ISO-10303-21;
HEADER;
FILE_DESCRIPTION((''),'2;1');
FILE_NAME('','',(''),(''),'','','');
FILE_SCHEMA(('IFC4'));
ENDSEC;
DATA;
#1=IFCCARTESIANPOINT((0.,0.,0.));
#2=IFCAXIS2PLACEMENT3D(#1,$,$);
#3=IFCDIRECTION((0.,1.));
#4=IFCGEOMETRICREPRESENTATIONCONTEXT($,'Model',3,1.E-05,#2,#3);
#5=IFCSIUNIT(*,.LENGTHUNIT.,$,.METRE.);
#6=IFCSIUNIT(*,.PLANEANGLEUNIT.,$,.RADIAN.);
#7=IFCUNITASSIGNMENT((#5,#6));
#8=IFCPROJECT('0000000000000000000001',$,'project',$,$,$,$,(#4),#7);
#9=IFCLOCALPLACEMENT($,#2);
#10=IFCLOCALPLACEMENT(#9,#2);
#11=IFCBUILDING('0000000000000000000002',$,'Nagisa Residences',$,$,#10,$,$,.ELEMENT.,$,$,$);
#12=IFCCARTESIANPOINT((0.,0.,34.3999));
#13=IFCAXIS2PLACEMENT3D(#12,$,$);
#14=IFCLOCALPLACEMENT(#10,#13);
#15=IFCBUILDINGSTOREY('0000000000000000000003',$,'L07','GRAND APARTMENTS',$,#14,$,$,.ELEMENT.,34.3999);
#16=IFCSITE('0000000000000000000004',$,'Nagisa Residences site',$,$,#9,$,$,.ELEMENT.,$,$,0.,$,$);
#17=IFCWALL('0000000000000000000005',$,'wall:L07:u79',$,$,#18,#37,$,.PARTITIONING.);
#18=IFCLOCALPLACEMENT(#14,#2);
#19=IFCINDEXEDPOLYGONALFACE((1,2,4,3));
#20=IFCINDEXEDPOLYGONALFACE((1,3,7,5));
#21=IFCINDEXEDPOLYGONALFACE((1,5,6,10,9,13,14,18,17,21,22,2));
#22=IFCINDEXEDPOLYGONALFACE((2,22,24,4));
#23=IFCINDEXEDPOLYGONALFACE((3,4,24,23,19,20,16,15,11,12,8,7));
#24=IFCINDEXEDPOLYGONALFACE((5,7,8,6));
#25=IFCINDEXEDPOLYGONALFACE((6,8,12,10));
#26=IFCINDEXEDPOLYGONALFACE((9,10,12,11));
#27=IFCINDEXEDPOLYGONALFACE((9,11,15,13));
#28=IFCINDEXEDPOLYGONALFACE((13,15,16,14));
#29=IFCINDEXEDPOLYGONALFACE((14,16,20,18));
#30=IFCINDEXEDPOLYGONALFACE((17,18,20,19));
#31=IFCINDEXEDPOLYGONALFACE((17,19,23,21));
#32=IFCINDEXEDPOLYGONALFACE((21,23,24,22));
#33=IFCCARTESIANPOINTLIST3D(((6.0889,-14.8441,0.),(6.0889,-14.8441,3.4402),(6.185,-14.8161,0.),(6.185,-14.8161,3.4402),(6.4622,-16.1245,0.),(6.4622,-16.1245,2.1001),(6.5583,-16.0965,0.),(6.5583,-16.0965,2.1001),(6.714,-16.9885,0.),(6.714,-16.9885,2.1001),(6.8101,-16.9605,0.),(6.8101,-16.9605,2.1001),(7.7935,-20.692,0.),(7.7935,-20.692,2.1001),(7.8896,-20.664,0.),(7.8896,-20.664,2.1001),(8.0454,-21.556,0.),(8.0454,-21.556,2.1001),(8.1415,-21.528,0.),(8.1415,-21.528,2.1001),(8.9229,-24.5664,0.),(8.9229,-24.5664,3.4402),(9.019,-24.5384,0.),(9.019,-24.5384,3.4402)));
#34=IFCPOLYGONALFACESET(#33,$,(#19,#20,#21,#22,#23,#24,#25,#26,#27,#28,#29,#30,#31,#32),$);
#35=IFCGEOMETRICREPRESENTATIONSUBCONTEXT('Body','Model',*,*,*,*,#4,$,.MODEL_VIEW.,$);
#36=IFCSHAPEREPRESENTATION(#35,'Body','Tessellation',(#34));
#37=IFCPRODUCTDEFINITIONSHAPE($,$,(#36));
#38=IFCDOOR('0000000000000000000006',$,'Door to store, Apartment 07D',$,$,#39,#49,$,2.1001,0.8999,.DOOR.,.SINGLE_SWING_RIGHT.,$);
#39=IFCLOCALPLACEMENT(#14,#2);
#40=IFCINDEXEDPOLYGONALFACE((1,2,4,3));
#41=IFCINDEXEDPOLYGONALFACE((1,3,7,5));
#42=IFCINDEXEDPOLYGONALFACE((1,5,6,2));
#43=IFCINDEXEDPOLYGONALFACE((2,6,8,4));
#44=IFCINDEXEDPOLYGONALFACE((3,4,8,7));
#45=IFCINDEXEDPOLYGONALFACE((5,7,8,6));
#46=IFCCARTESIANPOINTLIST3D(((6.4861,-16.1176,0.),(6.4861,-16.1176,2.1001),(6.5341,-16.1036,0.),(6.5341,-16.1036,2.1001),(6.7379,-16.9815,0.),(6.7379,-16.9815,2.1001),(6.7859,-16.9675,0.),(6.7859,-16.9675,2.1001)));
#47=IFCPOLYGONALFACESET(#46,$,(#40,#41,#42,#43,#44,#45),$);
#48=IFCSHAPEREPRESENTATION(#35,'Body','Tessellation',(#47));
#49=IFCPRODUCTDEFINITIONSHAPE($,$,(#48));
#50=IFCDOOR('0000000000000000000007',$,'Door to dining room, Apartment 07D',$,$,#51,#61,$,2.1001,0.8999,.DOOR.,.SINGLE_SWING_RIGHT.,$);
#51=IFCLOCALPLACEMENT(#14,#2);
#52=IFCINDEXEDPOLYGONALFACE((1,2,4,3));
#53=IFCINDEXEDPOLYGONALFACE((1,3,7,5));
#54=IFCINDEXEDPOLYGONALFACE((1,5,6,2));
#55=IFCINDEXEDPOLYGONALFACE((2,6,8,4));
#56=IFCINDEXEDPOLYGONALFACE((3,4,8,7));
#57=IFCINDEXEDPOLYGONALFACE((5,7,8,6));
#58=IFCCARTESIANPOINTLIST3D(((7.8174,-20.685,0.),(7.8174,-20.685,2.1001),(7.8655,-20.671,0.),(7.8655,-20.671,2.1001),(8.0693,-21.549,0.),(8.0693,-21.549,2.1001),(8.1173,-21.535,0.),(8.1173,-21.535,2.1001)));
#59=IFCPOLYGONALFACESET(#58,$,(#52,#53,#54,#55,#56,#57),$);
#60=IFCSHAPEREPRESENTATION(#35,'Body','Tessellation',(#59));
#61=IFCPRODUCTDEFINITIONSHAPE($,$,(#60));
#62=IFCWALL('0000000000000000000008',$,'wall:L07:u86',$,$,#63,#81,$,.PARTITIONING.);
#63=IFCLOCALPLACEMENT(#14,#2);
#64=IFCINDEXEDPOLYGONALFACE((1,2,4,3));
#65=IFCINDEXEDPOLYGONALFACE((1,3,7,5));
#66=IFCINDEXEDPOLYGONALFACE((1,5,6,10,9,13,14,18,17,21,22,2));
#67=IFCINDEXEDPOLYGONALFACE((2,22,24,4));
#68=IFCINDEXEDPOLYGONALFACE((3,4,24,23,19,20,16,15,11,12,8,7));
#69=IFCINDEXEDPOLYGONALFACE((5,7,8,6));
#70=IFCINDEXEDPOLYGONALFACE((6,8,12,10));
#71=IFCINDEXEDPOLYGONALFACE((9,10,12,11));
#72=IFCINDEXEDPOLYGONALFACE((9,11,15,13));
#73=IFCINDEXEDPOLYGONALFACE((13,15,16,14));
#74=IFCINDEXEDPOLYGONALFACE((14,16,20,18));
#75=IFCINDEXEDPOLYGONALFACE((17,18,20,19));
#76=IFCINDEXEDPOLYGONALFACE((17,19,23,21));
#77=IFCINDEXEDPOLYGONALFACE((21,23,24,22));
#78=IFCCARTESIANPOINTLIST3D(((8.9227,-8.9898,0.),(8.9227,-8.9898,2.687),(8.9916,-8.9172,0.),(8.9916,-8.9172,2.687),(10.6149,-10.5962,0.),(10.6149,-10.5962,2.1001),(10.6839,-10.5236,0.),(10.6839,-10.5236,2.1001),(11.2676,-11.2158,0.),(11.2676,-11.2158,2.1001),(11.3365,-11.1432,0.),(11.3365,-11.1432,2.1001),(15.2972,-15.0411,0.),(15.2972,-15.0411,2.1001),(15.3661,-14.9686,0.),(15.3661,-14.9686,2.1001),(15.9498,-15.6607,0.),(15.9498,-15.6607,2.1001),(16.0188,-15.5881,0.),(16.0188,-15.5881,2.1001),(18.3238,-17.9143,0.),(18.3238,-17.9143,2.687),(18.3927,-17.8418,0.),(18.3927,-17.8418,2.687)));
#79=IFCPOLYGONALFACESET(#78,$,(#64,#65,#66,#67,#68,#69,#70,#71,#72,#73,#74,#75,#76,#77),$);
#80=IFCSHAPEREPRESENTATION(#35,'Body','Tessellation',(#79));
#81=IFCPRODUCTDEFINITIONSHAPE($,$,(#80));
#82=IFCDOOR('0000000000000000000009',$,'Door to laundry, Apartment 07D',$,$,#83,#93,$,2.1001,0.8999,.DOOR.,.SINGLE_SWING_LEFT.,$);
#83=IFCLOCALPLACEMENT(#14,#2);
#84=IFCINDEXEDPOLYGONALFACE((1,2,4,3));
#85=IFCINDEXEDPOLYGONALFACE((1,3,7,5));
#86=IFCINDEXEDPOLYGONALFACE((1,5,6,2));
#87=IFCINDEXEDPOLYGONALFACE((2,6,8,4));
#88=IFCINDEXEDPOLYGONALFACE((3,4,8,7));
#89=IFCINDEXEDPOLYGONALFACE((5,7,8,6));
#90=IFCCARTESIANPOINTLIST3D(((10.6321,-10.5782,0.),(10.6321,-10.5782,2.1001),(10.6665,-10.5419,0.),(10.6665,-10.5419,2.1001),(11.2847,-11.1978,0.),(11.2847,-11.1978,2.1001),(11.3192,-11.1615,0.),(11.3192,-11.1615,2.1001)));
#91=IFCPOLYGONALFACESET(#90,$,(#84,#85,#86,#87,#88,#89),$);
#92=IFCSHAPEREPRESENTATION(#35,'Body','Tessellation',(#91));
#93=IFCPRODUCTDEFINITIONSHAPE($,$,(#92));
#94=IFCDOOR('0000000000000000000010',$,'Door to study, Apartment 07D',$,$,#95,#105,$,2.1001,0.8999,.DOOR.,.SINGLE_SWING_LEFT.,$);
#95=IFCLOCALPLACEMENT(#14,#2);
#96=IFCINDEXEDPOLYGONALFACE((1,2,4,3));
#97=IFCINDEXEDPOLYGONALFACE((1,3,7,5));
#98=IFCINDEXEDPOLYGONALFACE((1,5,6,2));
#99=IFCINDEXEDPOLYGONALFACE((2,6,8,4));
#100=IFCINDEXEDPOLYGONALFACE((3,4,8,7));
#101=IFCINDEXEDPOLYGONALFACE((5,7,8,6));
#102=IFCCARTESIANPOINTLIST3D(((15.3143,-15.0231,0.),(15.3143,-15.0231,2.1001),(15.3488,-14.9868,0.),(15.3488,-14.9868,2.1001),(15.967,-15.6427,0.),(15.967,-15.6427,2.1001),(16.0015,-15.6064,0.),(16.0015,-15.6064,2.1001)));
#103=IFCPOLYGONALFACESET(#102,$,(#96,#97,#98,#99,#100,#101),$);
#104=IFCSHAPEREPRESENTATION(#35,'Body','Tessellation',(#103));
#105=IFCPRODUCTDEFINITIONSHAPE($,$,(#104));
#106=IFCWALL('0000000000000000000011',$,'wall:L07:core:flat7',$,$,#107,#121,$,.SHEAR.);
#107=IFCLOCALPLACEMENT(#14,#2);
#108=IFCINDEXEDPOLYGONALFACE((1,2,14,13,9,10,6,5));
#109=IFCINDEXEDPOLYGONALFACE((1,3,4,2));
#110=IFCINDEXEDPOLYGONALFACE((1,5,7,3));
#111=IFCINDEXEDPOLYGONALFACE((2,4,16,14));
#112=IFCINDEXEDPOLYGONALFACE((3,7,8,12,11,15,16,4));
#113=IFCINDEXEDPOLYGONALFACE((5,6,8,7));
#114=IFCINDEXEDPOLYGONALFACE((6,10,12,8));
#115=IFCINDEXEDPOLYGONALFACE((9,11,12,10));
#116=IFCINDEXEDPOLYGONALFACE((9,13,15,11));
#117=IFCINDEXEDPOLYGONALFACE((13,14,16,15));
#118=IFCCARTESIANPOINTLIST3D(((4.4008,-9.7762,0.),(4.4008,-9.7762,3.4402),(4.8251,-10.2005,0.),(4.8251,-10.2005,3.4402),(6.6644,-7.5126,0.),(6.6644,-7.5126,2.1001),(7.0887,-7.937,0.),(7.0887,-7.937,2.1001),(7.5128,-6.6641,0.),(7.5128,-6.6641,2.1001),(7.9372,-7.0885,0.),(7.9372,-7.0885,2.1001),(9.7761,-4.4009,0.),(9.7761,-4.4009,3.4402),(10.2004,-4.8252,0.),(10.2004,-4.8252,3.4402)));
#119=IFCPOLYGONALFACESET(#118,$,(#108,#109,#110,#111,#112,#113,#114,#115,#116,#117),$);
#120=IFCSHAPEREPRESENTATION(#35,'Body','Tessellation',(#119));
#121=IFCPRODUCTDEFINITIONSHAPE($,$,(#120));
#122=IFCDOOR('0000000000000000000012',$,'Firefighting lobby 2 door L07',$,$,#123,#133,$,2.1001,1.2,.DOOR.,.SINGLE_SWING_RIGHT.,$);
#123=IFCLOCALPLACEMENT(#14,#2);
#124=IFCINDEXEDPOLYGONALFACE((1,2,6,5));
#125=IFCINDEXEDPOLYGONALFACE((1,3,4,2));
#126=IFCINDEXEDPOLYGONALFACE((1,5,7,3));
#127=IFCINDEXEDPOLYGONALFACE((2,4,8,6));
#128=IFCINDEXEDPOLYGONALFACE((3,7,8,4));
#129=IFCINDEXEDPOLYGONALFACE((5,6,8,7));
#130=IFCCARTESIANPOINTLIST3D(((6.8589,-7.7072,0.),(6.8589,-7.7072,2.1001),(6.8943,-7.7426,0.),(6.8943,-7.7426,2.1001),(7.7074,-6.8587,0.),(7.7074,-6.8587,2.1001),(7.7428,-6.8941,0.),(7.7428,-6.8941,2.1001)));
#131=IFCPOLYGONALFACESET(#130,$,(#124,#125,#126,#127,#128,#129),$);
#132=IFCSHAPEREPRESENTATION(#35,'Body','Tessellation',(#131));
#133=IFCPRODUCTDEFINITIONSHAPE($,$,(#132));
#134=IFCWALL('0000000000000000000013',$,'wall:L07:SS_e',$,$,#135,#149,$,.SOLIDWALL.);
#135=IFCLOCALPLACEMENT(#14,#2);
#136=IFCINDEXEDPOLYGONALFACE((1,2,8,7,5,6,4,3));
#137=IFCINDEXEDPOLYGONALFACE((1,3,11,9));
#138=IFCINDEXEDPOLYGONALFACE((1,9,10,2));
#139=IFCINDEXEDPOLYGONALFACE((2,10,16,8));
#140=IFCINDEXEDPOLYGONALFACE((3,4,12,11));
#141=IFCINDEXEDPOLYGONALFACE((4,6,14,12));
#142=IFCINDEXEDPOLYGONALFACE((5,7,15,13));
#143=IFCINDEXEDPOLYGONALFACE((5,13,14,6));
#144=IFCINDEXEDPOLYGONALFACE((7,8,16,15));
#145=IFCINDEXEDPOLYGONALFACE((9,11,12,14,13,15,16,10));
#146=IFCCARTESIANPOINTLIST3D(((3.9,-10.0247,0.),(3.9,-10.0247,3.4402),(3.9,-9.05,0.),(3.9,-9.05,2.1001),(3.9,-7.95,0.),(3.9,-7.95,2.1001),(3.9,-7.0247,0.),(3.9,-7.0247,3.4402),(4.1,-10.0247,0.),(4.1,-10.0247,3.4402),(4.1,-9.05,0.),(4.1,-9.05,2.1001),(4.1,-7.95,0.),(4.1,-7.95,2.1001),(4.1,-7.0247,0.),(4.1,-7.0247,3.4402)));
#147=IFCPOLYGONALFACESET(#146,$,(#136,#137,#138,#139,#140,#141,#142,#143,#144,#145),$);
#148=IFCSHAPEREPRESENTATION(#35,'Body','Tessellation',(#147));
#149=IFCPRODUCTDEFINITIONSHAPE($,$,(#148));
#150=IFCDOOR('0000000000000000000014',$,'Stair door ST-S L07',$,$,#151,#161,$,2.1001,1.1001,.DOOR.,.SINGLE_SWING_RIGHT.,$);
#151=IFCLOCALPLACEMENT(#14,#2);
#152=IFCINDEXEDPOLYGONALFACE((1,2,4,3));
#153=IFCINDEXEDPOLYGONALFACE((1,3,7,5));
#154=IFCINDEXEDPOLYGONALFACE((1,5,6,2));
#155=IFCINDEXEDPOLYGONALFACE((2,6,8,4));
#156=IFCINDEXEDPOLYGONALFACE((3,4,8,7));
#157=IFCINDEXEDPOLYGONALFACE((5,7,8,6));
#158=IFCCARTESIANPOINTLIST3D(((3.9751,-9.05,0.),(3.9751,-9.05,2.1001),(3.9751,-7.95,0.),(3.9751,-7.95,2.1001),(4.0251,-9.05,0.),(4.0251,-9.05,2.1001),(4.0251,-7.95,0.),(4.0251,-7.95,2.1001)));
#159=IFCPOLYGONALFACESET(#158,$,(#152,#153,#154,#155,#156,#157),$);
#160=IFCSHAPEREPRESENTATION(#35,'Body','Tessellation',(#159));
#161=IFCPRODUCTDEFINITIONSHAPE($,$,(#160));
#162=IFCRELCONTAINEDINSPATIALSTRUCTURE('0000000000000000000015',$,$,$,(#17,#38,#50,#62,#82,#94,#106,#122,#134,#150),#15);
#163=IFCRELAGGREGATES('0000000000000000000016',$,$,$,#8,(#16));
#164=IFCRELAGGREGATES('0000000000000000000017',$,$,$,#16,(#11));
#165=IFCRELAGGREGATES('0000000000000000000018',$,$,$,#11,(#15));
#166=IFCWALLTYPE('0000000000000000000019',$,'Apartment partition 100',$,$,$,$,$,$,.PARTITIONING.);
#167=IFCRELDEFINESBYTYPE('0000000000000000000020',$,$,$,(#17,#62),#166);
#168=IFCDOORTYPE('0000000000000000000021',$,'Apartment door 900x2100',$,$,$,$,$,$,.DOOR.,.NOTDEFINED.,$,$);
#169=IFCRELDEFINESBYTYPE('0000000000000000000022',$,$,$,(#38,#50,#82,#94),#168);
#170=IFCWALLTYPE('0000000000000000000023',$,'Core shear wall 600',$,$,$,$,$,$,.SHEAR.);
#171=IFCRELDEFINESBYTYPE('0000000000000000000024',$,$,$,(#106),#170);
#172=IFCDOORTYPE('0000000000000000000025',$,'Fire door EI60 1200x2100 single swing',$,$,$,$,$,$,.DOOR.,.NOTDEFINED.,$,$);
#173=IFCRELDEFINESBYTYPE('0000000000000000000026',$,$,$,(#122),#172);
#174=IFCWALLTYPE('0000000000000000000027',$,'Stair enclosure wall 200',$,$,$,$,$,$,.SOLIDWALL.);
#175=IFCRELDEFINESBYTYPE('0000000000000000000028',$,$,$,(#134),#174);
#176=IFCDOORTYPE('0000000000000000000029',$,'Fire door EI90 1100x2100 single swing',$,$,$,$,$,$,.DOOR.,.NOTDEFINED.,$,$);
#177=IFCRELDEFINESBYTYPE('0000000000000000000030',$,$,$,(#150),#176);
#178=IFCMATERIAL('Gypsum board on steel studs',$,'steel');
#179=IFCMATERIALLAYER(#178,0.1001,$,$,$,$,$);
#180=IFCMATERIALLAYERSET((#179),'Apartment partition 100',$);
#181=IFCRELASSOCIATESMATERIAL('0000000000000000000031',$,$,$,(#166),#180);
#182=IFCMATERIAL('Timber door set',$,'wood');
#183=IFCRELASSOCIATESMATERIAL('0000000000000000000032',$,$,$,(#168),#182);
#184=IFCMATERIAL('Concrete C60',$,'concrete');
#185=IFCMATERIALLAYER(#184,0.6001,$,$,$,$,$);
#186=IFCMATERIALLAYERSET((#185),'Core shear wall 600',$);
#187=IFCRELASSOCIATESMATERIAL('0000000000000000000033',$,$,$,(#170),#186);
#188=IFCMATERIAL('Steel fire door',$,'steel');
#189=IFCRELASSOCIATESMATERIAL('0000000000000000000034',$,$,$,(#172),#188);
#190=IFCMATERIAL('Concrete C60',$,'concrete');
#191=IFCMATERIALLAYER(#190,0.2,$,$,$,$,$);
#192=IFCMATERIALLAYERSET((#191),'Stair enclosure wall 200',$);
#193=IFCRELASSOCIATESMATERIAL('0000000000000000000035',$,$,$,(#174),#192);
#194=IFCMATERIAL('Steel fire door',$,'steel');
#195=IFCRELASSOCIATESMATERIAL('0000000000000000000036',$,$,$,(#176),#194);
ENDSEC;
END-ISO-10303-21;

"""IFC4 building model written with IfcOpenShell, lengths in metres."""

from ifc_helpers import new_model, si_unit, direction, frame, frame_2d, origin, place, context, subcontext, project, spatial, rectangle, extrude, material, layer, layer_set, type_object, element, fill, save


model = new_model("IFC4")

# Units and contexts
model_context = context("Model", 3, precision=1e-05, world=origin(), true_north=direction((0.0, 1.0)))
body_context = subcontext(model_context, "Body", "Model", "MODEL_VIEW")
ifc_project = project(units=[si_unit("LENGTHUNIT", "METRE"), si_unit("PLANEANGLEUNIT", "RADIAN")], contexts=[model_context])

# Site, building, storey
site_placement = place(None, origin())
site = spatial("IfcSite", under=ifc_project, at=site_placement, Name="Nagisa Residences site", CompositionType="ELEMENT", RefElevation=0.0)
building_placement = place(site_placement, origin())
building = spatial("IfcBuilding", under=site, at=building_placement, Name="Nagisa Residences", CompositionType="ELEMENT")
storey_placement = place(building_placement, frame((0.0, 0.0, 34.3999)))
storey = spatial("IfcBuildingStorey", under=building, at=storey_placement, Name="L07", Description="GRAND APARTMENTS", CompositionType="ELEMENT", Elevation=34.3999)

# Shared definitions
ifc_material_1 = material(Name="Gypsum board on steel studs", Category="steel")
ifc_layer_1 = layer(ifc_material_1, 0.1001)
ifc_layer_set_1 = layer_set([ifc_layer_1], Name="Apartment partition 100")
wall_type_1 = type_object("IfcWallType", Name="Apartment partition 100", PredefinedType="PARTITIONING", material=ifc_layer_set_1)
ifc_material_2 = material(Name="Timber door set", Category="wood")
door_type_1 = type_object("IfcDoorType", Name="Apartment door 900x2100", OperationType="NOTDEFINED", PredefinedType="DOOR", material=ifc_material_2)

# Walls, openings, doors
wall_1_placement = place(storey_placement, frame((6.137, -14.8301, 0.0), z_axis=(0.0, 0.0, 1.0), x_axis=(0.279844, -0.960046, 0.0)))
wall_1 = element("IfcWall", 1, at=wall_1_placement, inside=storey, type_object=wall_type_1, Name="wall:L07:u79", PredefinedType="PARTITIONING", context=body_context, shape_type="SweptSolid", body=[
    extrude(rectangle(XDim=10.127, YDim=0.1001, at=frame_2d((5.0635, 0.0))), origin(), (0.0, 0.0, 1.0), 3.4402),
])
opening_1_placement = place(wall_1_placement, frame((1.3337, 0.0, 0.0)))
opening_1 = element("IfcOpeningElement", 2, at=opening_1_placement, cuts=wall_1, PredefinedType="OPENING", context=body_context, shape_type="SweptSolid", body=[
    extrude(rectangle(XDim=0.8999, YDim=2.1001, at=frame_2d((0.45, 1.05))), frame((0.0, 0.0601, 0.0), z_axis=(0.0, -1.0, 0.0), x_axis=(1.0, 0.0, 0.0)), (0.0, 0.0, 1.0), 0.1201),
])
opening_2_placement = place(wall_1_placement, frame((6.0913, 0.0, 0.0)))
opening_2 = element("IfcOpeningElement", 3, at=opening_2_placement, cuts=wall_1, PredefinedType="OPENING", context=body_context, shape_type="SweptSolid", body=[
    extrude(rectangle(XDim=0.8999, YDim=2.1001, at=frame_2d((0.45, 1.05))), frame((0.0, 0.0601, 0.0), z_axis=(0.0, -1.0, 0.0), x_axis=(1.0, 0.0, 0.0)), (0.0, 0.0, 1.0), 0.1201),
])
door_1_placement = place(opening_1_placement, origin())
door_1 = element("IfcDoor", 4, at=door_1_placement, inside=storey, type_object=door_type_1, Name="Door to store, Apartment 07D", OperationType="SINGLE_SWING_RIGHT", OverallHeight=2.1001, OverallWidth=0.8999, PredefinedType="DOOR", context=body_context, shape_type="SweptSolid", body=[
    extrude(rectangle(XDim=0.8999, YDim=2.1001, at=frame_2d((0.45, 1.05))), frame((0.0, 0.0249, 0.0), z_axis=(0.0, -1.0, 0.0), x_axis=(1.0, 0.0, 0.0)), (0.0, 0.0, 1.0), 0.05),
])
fill(opening_1, door_1)
door_2_placement = place(opening_2_placement, origin())
door_2 = element("IfcDoor", 5, at=door_2_placement, inside=storey, type_object=door_type_1, Name="Door to dining room, Apartment 07D", OperationType="SINGLE_SWING_RIGHT", OverallHeight=2.1001, OverallWidth=0.8999, PredefinedType="DOOR", context=body_context, shape_type="SweptSolid", body=[
    extrude(rectangle(XDim=0.8999, YDim=2.1001, at=frame_2d((0.45, 1.05))), frame((0.0, 0.0249, 0.0), z_axis=(0.0, -1.0, 0.0), x_axis=(1.0, 0.0, 0.0)), (0.0, 0.0, 1.0), 0.05),
])
fill(opening_2, door_2)
wall_2_placement = place(storey_placement, frame((8.957, -8.9534, 0.0), z_axis=(0.0, 0.0, 1.0), x_axis=(0.72525, -0.688486, 0.0)))
wall_2 = element("IfcWall", 6, at=wall_2_placement, inside=storey, type_object=wall_type_1, Name="wall:L07:u86", PredefinedType="PARTITIONING", context=body_context, shape_type="SweptSolid", body=[
    extrude(rectangle(XDim=12.9626, YDim=0.1001, at=frame_2d((6.4814, 0.0))), origin(), (0.0, 0.0, 1.0), 2.687),
])
opening_3_placement = place(wall_2_placement, frame((2.3335, 0.0, 0.0)))
opening_3 = element("IfcOpeningElement", 7, at=opening_3_placement, cuts=wall_2, PredefinedType="OPENING", context=body_context, shape_type="SweptSolid", body=[
    extrude(rectangle(XDim=0.8999, YDim=2.1001, at=frame_2d((0.45, 1.05))), frame((0.0, 0.0601, 0.0), z_axis=(0.0, -1.0, 0.0), x_axis=(1.0, 0.0, 0.0)), (0.0, 0.0, 1.0), 0.1201),
])
opening_4_placement = place(wall_2_placement, frame((8.7896, 0.0, 0.0)))
opening_4 = element("IfcOpeningElement", 8, at=opening_4_placement, cuts=wall_2, PredefinedType="OPENING", context=body_context, shape_type="SweptSolid", body=[
    extrude(rectangle(XDim=0.8999, YDim=2.1001, at=frame_2d((0.45, 1.05))), frame((0.0, 0.0601, 0.0), z_axis=(0.0, -1.0, 0.0), x_axis=(1.0, 0.0, 0.0)), (0.0, 0.0, 1.0), 0.1201),
])
door_3_placement = place(opening_3_placement, origin())
door_3 = element("IfcDoor", 9, at=door_3_placement, inside=storey, type_object=door_type_1, Name="Door to laundry, Apartment 07D", OperationType="SINGLE_SWING_LEFT", OverallHeight=2.1001, OverallWidth=0.8999, PredefinedType="DOOR", context=body_context, shape_type="SweptSolid", body=[
    extrude(rectangle(XDim=0.8999, YDim=2.1001, at=frame_2d((0.45, 1.05))), frame((0.0, 0.0249, 0.0), z_axis=(0.0, -1.0, 0.0), x_axis=(1.0, 0.0, 0.0)), (0.0, 0.0, 1.0), 0.05),
])
fill(opening_3, door_3)
door_4_placement = place(opening_4_placement, origin())
door_4 = element("IfcDoor", 10, at=door_4_placement, inside=storey, type_object=door_type_1, Name="Door to study, Apartment 07D", OperationType="SINGLE_SWING_LEFT", OverallHeight=2.1001, OverallWidth=0.8999, PredefinedType="DOOR", context=body_context, shape_type="SweptSolid", body=[
    extrude(rectangle(XDim=0.8999, YDim=2.1001, at=frame_2d((0.45, 1.05))), frame((0.0, 0.0249, 0.0), z_axis=(0.0, -1.0, 0.0), x_axis=(1.0, 0.0, 0.0)), (0.0, 0.0, 1.0), 0.05),
])
fill(opening_4, door_4)

# Walls, openings, doors
ifc_material_3 = material(Name="Concrete C60", Category="concrete")
ifc_layer_2 = layer(ifc_material_3, 0.6001)
ifc_layer_set_2 = layer_set([ifc_layer_2], Name="Core shear wall 600")
wall_type_2 = type_object("IfcWallType", Name="Core shear wall 600", PredefinedType="SHEAR", material=ifc_layer_set_2)
wall_3_placement = place(storey_placement, frame((4.613, -9.9883, 0.0), z_axis=(0.0, 0.0, 1.0), x_axis=(0.707107, 0.707107, 0.0)))
wall_3 = element("IfcWall", 11, at=wall_3_placement, inside=storey, type_object=wall_type_2, Name="wall:L07:core:flat7", PredefinedType="SHEAR", context=body_context, shape_type="SweptSolid", body=[
    extrude(rectangle(XDim=7.6018, YDim=0.6001, at=frame_2d((3.8008, 0.0))), origin(), (0.0, 0.0, 1.0), 3.4402),
])
opening_5_placement = place(wall_3_placement, frame((3.2009, 0.0, 0.0)))
opening_5 = element("IfcOpeningElement", 12, at=opening_5_placement, cuts=wall_3, PredefinedType="OPENING", context=body_context, shape_type="SweptSolid", body=[
    extrude(rectangle(XDim=1.2, YDim=2.1001, at=frame_2d((0.6001, 1.05))), frame((0.0, 0.3101, 0.0), z_axis=(0.0, -1.0, 0.0), x_axis=(1.0, 0.0, 0.0)), (0.0, 0.0, 1.0), 0.6201),
])
ifc_material_4 = material(Name="Steel fire door", Category="steel")
door_type_2 = type_object("IfcDoorType", Name="Fire door EI60 1200x2100 single swing", OperationType="NOTDEFINED", PredefinedType="DOOR", material=ifc_material_4)
door_5_placement = place(opening_5_placement, origin())
door_5 = element("IfcDoor", 13, at=door_5_placement, inside=storey, type_object=door_type_2, Name="Firefighting lobby 2 door L07", OperationType="SINGLE_SWING_RIGHT", OverallHeight=2.1001, OverallWidth=1.2, PredefinedType="DOOR", context=body_context, shape_type="SweptSolid", body=[
    extrude(rectangle(XDim=1.2, YDim=2.1001, at=frame_2d((0.6001, 1.05))), frame((0.0, 0.0249, 0.0), z_axis=(0.0, -1.0, 0.0), x_axis=(1.0, 0.0, 0.0)), (0.0, 0.0, 1.0), 0.05),
])
fill(opening_5, door_5)
ifc_material_5 = material(Name="Concrete C60", Category="concrete")
ifc_layer_3 = layer(ifc_material_5, 0.2)
ifc_layer_set_3 = layer_set([ifc_layer_3], Name="Stair enclosure wall 200")
wall_type_3 = type_object("IfcWallType", Name="Stair enclosure wall 200", PredefinedType="SOLIDWALL", material=ifc_layer_set_3)
wall_4_placement = place(storey_placement, frame((4.0, -10.0247, 0.0), z_axis=(0.0, 0.0, 1.0), x_axis=(0.0, 1.0, 0.0)))
wall_4 = element("IfcWall", 14, at=wall_4_placement, inside=storey, type_object=wall_type_3, Name="wall:L07:SS_e", PredefinedType="SOLIDWALL", context=body_context, shape_type="SweptSolid", body=[
    extrude(rectangle(XDim=3.0, YDim=0.2, at=frame_2d((1.5, 0.0))), origin(), (0.0, 0.0, 1.0), 3.4402),
])
opening_6_placement = place(wall_4_placement, frame((0.9746, 0.0, 0.0)))
opening_6 = element("IfcOpeningElement", 15, at=opening_6_placement, cuts=wall_4, PredefinedType="OPENING", context=body_context, shape_type="SweptSolid", body=[
    extrude(rectangle(XDim=1.1001, YDim=2.1001, at=frame_2d((0.55, 1.05))), frame((0.0, 0.1099, 0.0), z_axis=(0.0, -1.0, 0.0), x_axis=(1.0, 0.0, 0.0)), (0.0, 0.0, 1.0), 0.22),
])
ifc_material_6 = material(Name="Steel fire door", Category="steel")
door_type_3 = type_object("IfcDoorType", Name="Fire door EI90 1100x2100 single swing", OperationType="NOTDEFINED", PredefinedType="DOOR", material=ifc_material_6)
door_6_placement = place(opening_6_placement, origin())
door_6 = element("IfcDoor", 16, at=door_6_placement, inside=storey, type_object=door_type_3, Name="Stair door ST-S L07", OperationType="SINGLE_SWING_RIGHT", OverallHeight=2.1001, OverallWidth=1.1001, PredefinedType="DOOR", context=body_context, shape_type="SweptSolid", body=[
    extrude(rectangle(XDim=1.1001, YDim=2.1001, at=frame_2d((0.55, 1.05))), frame((0.0, 0.0249, 0.0), z_axis=(0.0, -1.0, 0.0), x_axis=(1.0, 0.0, 0.0)), (0.0, 0.0, 1.0), 0.05),
])
fill(opening_6, door_6)

save(model, "model.ifc")
